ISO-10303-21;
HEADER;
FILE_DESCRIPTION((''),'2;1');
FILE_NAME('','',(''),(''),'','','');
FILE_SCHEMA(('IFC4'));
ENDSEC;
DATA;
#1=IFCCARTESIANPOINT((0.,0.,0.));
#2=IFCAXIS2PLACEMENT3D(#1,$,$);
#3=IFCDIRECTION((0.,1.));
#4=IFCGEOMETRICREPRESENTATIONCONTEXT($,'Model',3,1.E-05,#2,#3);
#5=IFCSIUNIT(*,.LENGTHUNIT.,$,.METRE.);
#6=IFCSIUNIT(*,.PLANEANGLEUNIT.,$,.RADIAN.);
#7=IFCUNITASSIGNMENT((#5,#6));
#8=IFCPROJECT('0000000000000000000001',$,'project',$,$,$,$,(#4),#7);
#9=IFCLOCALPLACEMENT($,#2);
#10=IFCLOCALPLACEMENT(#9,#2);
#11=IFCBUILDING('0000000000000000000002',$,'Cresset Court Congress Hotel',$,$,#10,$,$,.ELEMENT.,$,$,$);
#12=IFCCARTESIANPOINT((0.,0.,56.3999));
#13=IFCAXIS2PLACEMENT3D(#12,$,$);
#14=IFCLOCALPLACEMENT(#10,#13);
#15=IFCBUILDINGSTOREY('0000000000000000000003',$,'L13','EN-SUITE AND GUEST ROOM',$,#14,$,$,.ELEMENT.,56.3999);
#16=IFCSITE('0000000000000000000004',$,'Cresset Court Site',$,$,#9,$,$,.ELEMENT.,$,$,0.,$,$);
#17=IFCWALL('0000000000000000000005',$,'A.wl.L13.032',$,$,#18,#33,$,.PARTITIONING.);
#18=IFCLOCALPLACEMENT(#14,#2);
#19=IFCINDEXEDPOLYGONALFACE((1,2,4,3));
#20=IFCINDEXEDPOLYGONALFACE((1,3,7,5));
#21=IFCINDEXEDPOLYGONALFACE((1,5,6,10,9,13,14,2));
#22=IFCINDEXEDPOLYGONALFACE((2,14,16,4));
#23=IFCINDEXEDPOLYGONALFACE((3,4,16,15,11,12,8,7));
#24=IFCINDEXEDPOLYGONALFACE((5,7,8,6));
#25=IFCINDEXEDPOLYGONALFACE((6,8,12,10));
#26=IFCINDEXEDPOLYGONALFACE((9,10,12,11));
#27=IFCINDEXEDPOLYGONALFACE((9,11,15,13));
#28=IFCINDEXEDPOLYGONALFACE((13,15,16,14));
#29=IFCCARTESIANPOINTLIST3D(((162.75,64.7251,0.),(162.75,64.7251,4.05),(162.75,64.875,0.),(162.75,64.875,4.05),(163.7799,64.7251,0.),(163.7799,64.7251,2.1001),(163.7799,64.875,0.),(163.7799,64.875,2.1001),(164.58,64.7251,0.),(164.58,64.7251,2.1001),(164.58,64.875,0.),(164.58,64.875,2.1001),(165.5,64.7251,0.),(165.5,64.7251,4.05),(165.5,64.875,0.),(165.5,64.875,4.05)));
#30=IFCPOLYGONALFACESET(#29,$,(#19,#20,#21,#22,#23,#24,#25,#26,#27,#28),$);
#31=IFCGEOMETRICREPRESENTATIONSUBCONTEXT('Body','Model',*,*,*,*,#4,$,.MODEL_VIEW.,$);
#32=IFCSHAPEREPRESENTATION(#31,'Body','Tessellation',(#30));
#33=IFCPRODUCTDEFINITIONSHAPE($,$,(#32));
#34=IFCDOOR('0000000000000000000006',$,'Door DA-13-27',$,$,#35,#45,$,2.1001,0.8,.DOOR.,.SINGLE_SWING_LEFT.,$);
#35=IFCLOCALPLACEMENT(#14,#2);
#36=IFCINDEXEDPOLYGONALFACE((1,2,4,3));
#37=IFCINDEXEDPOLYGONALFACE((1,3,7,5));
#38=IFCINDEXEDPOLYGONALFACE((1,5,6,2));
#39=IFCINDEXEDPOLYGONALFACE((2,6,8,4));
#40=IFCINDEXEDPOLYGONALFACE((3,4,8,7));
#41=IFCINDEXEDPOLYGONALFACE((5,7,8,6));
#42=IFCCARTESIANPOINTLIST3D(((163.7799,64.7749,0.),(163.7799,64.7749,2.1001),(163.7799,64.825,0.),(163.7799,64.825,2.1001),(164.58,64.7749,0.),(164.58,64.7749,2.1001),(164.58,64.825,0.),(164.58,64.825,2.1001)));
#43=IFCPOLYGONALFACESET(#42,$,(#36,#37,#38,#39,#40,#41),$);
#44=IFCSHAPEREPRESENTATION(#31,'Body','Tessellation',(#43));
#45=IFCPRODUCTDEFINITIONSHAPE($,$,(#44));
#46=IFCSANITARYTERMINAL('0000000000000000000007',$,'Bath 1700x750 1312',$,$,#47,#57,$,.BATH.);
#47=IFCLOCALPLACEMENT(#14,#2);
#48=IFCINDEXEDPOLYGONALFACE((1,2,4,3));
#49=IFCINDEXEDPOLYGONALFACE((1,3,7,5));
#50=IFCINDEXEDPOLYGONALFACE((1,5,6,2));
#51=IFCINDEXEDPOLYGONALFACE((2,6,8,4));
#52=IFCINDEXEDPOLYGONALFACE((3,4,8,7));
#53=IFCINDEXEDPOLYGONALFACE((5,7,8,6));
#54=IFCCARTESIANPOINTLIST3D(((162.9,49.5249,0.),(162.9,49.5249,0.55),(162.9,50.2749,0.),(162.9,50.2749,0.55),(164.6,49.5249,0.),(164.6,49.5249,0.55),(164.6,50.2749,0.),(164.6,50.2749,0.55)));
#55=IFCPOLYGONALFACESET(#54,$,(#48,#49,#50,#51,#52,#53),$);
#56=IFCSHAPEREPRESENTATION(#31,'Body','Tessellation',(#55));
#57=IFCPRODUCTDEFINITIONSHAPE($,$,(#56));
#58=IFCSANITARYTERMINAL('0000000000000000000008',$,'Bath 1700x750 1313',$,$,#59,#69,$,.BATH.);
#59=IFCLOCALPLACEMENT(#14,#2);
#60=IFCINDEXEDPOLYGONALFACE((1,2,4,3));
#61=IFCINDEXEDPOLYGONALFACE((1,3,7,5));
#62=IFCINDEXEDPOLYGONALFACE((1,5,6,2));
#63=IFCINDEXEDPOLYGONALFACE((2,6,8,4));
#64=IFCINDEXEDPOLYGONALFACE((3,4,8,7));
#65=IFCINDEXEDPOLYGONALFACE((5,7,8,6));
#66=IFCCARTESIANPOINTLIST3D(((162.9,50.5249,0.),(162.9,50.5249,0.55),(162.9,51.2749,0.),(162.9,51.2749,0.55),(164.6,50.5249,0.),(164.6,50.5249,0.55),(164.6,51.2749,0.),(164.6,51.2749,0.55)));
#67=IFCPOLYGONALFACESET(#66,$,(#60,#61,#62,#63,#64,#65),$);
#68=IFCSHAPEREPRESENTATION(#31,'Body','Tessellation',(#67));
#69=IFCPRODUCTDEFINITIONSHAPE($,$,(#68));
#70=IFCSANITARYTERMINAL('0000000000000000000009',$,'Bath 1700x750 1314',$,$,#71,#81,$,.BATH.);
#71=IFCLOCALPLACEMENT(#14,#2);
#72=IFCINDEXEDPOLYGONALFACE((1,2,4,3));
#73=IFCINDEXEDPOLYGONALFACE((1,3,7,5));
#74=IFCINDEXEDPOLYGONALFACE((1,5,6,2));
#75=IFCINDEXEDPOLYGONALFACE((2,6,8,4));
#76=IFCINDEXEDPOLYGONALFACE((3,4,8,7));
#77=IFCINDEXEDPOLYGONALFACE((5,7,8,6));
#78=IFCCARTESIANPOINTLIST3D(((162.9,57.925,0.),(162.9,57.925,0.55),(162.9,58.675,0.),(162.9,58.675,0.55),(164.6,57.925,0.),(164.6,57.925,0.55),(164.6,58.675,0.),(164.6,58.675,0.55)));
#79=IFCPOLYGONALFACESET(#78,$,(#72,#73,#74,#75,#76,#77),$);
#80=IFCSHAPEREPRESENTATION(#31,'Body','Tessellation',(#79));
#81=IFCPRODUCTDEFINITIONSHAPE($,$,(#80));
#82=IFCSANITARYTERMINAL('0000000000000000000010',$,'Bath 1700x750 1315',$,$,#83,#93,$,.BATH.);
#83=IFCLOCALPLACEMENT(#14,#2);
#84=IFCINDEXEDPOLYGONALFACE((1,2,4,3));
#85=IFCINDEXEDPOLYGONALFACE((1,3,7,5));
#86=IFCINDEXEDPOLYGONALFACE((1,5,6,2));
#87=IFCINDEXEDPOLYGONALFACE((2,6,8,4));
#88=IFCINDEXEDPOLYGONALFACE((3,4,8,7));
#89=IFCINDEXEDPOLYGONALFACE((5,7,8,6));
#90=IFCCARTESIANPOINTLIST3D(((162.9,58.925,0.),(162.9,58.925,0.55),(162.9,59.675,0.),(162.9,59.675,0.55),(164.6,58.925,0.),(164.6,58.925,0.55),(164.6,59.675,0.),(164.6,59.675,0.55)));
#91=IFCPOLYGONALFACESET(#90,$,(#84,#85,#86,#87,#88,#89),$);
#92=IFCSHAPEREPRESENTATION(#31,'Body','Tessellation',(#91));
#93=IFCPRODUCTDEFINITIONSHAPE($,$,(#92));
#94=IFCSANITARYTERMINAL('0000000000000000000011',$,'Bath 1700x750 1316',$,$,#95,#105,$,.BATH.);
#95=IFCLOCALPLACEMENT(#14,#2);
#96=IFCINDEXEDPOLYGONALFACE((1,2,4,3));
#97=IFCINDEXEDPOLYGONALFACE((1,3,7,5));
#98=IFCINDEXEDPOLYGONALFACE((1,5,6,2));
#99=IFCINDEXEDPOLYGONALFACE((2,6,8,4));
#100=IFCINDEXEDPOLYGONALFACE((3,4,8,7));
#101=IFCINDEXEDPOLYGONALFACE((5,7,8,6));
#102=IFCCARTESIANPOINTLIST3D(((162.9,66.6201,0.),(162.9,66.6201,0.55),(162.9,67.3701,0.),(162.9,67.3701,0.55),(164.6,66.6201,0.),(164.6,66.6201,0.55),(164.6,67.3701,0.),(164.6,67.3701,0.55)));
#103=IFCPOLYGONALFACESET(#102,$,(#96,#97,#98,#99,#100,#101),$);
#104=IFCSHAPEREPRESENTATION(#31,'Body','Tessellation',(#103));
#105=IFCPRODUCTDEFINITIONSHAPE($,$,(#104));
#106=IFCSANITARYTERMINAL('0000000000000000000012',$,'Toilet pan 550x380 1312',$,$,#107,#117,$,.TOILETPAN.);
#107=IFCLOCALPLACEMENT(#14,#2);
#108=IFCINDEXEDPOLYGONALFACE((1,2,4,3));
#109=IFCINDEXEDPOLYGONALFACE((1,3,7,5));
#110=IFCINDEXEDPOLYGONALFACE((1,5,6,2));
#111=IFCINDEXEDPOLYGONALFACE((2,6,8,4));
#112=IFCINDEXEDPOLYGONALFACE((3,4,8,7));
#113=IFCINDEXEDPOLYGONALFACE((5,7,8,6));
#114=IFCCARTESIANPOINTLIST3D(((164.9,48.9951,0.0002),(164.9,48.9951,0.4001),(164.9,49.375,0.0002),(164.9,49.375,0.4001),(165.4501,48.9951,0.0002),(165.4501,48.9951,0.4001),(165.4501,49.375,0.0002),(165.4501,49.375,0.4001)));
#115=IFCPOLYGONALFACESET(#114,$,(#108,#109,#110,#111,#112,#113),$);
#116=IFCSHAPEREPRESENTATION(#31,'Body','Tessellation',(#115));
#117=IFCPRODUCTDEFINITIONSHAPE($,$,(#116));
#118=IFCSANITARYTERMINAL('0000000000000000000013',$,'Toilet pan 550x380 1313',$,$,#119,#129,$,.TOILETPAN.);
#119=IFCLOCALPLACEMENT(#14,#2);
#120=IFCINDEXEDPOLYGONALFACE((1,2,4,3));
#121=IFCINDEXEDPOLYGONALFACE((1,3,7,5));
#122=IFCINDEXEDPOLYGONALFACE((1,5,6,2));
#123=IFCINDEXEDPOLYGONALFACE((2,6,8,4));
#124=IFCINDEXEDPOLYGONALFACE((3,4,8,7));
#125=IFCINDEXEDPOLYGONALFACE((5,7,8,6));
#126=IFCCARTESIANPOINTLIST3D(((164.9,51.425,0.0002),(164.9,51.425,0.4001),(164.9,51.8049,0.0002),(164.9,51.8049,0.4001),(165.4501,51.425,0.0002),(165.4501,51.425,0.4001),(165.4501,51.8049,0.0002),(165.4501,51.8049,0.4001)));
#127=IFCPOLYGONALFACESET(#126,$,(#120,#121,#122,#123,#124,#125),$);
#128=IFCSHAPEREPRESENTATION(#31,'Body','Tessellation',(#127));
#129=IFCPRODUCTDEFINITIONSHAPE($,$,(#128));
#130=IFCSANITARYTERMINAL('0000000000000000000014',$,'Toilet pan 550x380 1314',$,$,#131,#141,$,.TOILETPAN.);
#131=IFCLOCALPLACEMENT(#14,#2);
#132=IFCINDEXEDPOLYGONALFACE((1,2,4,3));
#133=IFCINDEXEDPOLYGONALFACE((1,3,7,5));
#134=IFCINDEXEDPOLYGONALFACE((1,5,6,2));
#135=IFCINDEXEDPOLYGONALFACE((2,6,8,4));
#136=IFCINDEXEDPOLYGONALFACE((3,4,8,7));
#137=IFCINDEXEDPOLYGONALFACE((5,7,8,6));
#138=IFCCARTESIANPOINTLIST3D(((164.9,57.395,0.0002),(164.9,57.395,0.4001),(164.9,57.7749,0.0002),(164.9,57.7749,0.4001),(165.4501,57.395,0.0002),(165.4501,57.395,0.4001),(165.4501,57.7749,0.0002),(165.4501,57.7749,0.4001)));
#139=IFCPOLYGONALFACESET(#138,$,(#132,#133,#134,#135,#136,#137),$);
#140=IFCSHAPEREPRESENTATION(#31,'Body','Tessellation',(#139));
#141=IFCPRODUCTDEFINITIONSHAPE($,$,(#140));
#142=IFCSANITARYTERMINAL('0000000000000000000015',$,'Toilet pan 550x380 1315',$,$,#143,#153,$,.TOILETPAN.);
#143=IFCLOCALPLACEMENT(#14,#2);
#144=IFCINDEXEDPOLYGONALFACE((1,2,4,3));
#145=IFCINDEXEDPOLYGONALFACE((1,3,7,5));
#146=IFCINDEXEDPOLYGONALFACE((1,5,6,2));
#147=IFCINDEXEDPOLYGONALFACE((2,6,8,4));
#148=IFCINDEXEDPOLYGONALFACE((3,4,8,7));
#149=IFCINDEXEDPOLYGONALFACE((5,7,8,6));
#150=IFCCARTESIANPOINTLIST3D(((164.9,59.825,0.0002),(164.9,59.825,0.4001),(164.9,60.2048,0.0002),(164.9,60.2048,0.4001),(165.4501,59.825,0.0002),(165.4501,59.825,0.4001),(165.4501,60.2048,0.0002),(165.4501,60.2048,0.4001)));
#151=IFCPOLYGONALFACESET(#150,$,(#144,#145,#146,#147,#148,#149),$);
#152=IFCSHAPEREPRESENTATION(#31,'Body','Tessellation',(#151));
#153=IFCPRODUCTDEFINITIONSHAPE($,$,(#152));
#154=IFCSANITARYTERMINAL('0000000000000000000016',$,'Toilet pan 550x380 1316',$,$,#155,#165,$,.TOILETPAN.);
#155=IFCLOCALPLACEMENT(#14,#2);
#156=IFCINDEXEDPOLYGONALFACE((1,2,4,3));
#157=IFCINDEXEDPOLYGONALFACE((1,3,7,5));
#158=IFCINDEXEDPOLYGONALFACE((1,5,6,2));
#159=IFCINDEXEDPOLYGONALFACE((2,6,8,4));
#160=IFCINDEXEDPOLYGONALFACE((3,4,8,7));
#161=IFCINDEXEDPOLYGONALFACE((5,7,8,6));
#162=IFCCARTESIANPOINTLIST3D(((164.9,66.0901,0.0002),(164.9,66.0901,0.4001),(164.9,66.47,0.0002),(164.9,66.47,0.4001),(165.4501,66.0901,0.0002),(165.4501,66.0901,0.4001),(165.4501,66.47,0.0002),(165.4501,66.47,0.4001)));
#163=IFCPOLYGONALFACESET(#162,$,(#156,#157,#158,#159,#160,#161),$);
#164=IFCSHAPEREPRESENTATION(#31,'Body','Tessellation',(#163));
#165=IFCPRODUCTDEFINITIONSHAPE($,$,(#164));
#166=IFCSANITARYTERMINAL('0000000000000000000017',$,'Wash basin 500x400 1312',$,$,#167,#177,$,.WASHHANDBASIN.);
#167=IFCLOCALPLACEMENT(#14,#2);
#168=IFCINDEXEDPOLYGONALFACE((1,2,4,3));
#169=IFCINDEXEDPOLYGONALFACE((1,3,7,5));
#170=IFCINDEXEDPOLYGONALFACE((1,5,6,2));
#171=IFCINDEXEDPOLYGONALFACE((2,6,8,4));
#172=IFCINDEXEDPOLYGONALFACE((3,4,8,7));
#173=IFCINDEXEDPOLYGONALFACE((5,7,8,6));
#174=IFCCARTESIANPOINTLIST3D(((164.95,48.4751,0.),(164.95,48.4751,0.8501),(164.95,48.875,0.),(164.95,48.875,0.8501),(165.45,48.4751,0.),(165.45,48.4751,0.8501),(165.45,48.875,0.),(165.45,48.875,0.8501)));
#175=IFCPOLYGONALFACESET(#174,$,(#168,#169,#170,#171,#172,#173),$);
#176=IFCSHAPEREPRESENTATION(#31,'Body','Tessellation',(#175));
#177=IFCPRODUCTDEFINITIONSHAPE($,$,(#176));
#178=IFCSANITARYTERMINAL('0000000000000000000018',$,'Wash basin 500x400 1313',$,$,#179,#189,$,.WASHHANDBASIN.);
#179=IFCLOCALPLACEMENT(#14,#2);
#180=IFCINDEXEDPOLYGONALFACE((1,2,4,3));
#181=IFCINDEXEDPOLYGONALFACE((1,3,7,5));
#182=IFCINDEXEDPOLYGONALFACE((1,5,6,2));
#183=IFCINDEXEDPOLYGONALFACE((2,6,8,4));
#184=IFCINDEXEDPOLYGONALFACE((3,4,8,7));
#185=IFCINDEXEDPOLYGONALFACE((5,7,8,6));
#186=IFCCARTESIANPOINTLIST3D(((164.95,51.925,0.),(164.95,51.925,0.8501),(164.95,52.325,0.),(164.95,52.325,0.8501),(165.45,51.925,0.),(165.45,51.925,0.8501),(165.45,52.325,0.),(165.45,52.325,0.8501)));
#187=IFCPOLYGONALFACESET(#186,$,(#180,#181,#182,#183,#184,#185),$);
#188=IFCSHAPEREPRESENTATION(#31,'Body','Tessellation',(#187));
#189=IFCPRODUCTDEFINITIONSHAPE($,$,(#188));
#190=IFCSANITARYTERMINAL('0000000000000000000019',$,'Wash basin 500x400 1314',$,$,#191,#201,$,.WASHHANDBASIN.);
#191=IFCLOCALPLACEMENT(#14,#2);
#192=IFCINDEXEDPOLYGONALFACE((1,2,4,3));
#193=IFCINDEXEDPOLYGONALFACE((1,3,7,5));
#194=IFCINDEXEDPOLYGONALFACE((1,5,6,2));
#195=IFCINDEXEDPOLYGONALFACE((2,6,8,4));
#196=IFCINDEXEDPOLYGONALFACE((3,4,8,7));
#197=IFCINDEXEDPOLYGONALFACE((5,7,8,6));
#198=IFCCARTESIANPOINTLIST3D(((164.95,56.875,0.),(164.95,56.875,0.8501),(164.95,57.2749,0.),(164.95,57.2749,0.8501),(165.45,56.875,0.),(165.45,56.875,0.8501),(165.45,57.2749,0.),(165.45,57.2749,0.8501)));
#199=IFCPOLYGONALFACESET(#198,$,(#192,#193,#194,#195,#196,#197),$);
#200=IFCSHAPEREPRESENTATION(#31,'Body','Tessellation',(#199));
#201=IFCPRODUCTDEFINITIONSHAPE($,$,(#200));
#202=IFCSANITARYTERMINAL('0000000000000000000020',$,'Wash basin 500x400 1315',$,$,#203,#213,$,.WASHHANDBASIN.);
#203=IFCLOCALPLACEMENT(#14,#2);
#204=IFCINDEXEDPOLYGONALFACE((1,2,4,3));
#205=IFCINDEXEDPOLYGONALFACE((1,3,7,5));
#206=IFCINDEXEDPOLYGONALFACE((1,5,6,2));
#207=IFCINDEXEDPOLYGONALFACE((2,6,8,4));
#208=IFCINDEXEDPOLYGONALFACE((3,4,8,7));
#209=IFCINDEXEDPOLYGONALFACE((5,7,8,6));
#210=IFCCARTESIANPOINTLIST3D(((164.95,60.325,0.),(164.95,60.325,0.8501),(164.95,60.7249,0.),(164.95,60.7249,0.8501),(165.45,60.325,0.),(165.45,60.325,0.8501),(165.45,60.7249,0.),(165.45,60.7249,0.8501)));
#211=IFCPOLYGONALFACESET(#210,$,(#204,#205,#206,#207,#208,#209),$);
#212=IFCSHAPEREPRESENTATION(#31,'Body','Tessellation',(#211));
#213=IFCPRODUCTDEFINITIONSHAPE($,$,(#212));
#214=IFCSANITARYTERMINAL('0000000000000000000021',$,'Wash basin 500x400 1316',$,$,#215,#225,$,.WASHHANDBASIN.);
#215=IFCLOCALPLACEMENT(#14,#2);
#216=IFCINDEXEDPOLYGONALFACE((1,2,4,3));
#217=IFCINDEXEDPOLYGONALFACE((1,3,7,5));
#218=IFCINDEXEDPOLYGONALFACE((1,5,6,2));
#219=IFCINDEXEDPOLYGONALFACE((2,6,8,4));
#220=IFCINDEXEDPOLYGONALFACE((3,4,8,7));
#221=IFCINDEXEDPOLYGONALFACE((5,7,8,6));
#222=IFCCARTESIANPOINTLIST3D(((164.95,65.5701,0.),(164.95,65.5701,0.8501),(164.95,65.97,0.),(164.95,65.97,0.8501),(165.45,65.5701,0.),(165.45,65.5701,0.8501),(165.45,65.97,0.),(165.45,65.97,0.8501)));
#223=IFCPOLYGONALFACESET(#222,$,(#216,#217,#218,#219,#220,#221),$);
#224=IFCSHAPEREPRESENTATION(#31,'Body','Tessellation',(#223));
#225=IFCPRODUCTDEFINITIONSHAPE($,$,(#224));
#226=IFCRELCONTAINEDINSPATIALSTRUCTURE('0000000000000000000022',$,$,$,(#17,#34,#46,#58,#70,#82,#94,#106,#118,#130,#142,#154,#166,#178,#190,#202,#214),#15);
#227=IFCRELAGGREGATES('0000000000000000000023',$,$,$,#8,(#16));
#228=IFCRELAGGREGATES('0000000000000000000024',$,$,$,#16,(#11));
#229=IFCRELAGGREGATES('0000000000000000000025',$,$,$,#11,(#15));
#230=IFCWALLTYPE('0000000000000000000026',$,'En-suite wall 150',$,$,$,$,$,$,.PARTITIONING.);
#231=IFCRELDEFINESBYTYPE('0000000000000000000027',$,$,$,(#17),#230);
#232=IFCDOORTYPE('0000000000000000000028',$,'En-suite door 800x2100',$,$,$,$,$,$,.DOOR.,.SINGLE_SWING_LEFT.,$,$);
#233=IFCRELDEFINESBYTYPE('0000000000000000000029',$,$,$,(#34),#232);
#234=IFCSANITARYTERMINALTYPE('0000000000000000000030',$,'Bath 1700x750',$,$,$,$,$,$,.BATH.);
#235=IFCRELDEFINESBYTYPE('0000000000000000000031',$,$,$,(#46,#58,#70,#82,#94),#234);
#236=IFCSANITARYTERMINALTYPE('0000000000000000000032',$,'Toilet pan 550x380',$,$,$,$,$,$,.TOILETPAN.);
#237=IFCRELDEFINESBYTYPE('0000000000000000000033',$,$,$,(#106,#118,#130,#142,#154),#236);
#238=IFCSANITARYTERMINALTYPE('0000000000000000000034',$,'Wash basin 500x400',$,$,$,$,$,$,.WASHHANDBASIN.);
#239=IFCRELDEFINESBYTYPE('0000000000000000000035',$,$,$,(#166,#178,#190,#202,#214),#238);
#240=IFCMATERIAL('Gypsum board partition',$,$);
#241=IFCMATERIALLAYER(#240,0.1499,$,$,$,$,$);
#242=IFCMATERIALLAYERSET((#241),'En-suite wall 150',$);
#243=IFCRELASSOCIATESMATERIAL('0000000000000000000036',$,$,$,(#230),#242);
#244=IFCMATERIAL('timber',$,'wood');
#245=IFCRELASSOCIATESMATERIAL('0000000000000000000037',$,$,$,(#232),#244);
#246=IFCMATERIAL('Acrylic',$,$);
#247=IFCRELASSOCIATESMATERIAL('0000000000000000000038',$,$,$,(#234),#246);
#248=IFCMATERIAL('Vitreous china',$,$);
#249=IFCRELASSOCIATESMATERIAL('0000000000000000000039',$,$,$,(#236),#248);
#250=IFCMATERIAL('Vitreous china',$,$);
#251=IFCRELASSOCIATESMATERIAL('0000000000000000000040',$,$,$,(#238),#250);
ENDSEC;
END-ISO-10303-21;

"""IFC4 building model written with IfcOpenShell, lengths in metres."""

from ifc_helpers import new_model, si_unit, direction, frame, frame_2d, origin, origin_2d, place, context, subcontext, project, spatial, rectangle, extrude, material, layer, layer_set, type_object, element, fill, save


model = new_model("IFC4")

# Units and contexts
model_context = context("Model", 3, precision=1e-05, world=origin(), true_north=direction((0.0, 1.0)))
body_context = subcontext(model_context, "Body", "Model", "MODEL_VIEW")
ifc_project = project(units=[si_unit("LENGTHUNIT", "METRE"), si_unit("PLANEANGLEUNIT", "RADIAN")], contexts=[model_context])

# Site, building, storey
site_placement = place(None, origin())
site = spatial("IfcSite", under=ifc_project, at=site_placement, Name="Cresset Court Site", CompositionType="ELEMENT", RefElevation=0.0)
building_placement = place(site_placement, origin())
building = spatial("IfcBuilding", under=site, at=building_placement, Name="Cresset Court Congress Hotel", CompositionType="ELEMENT")
storey_placement = place(building_placement, frame((0.0, 0.0, 56.3999)))
storey = spatial("IfcBuildingStorey", under=building, at=storey_placement, Name="L13", Description="EN-SUITE AND GUEST ROOM", CompositionType="ELEMENT", Elevation=56.3999)

# Shared definitions
ifc_material_1 = material(Name="Gypsum board partition")
ifc_layer = layer(ifc_material_1, 0.1499)
ifc_layer_set = layer_set([ifc_layer], Name="En-suite wall 150")
wall_type = type_object("IfcWallType", Name="En-suite wall 150", PredefinedType="PARTITIONING", material=ifc_layer_set)

# Shared definitions
ifc_material_2 = material(Name="timber", Category="wood")
door_type = type_object("IfcDoorType", Name="En-suite door 800x2100", OperationType="SINGLE_SWING_LEFT", PredefinedType="DOOR", material=ifc_material_2)

# Wall, opening, door
wall_1_placement = place(storey_placement, frame((162.75, 64.8, 0.0), z_axis=(0.0, 0.0, 1.0), x_axis=(1.0, 0.0, 0.0)))
wall_1 = element("IfcWall", 1, at=wall_1_placement, inside=storey, type_object=wall_type, Name="A.wl.L13.032", PredefinedType="PARTITIONING", context=body_context, shape_type="SweptSolid", body=[
    extrude(rectangle(XDim=2.75, YDim=0.1499, at=frame_2d((1.375, 0.0))), origin(), (0.0, 0.0, 1.0), 4.05),
])
opening_1_placement = place(wall_1_placement, frame((1.03, 0.0, 0.0)))
opening_1 = element("IfcOpeningElement", 2, at=opening_1_placement, cuts=wall_1, PredefinedType="OPENING", context=body_context, shape_type="SweptSolid", body=[
    extrude(rectangle(XDim=0.8, YDim=2.1001, at=frame_2d((0.3999, 1.05))), frame((0.0, 0.085, 0.0), z_axis=(0.0, -1.0, 0.0), x_axis=(1.0, 0.0, 0.0)), (0.0, 0.0, 1.0), 0.1699),
])
door_1_placement = place(opening_1_placement, origin())
door_1 = element("IfcDoor", 3, at=door_1_placement, inside=storey, type_object=door_type, Name="Door DA-13-27", OperationType="SINGLE_SWING_LEFT", OverallHeight=2.1001, OverallWidth=0.8, PredefinedType="DOOR", context=body_context, shape_type="SweptSolid", body=[
    extrude(rectangle(XDim=0.8, YDim=2.1001, at=frame_2d((0.3999, 1.05))), frame((0.0, 0.0249, 0.0), z_axis=(0.0, -1.0, 0.0), x_axis=(1.0, 0.0, 0.0)), (0.0, 0.0, 1.0), 0.05),
])
fill(opening_1, door_1)

# Sanitary terminals
ifc_material_3 = material(Name="Acrylic")
sanitary_terminal_type_1 = type_object("IfcSanitaryTerminalType", Name="Bath 1700x750", PredefinedType="BATH", material=ifc_material_3)
for number, where, z_axis, x_axis, name in (
    (4, (163.75, 49.8999, 0.0), (0.0, 0.0, 1.0), (1.0, 0.0, 0.0), "Bath 1700x750 1312"),
    (5, (163.75, 50.8999, 0.0), (0.0, 0.0, 1.0), (1.0, 0.0, 0.0), "Bath 1700x750 1313"),
    (6, (163.75, 58.3, 0.0), (0.0, 0.0, 1.0), (1.0, 0.0, 0.0), "Bath 1700x750 1314"),
    (7, (163.75, 59.3, 0.0), (0.0, 0.0, 1.0), (1.0, 0.0, 0.0), "Bath 1700x750 1315"),
    (8, (163.75, 66.9951, 0.0), (0.0, 0.0, 1.0), (1.0, 0.0, 0.0), "Bath 1700x750 1316"),
):
    element("IfcSanitaryTerminal", number, at=place(storey_placement, frame(where, z_axis=z_axis, x_axis=x_axis)), inside=storey, type_object=sanitary_terminal_type_1, Name=name, PredefinedType="BATH", context=body_context, shape_type="SweptSolid", body=[
        extrude(rectangle(XDim=1.7, YDim=0.75, at=origin_2d()), origin(), (0.0, 0.0, 1.0), 0.55),
    ])
ifc_material_4 = material(Name="Vitreous china")
sanitary_terminal_type_2 = type_object("IfcSanitaryTerminalType", Name="Toilet pan 550x380", PredefinedType="TOILETPAN", material=ifc_material_4)
for number, where, z_axis, x_axis, name in (
    (9, (165.175, 49.1851, 0.0002), (0.0, 0.0, 1.0), (1.0, 0.0, 0.0), "Toilet pan 550x380 1312"),
    (10, (165.175, 51.615, 0.0002), (0.0, 0.0, 1.0), (1.0, 0.0, 0.0), "Toilet pan 550x380 1313"),
    (11, (165.175, 57.585, 0.0002), (0.0, 0.0, 1.0), (1.0, 0.0, 0.0), "Toilet pan 550x380 1314"),
    (12, (165.175, 60.0149, 0.0002), (0.0, 0.0, 1.0), (1.0, 0.0, 0.0), "Toilet pan 550x380 1315"),
    (13, (165.175, 66.28, 0.0002), (0.0, 0.0, 1.0), (1.0, 0.0, 0.0), "Toilet pan 550x380 1316"),
):
    element("IfcSanitaryTerminal", number, at=place(storey_placement, frame(where, z_axis=z_axis, x_axis=x_axis)), inside=storey, type_object=sanitary_terminal_type_2, Name=name, PredefinedType="TOILETPAN", context=body_context, shape_type="SweptSolid", body=[
        extrude(rectangle(XDim=0.55, YDim=0.3799, at=origin_2d()), origin(), (0.0, 0.0, 1.0), 0.3999),
    ])
ifc_material_5 = material(Name="Vitreous china")
sanitary_terminal_type_3 = type_object("IfcSanitaryTerminalType", Name="Wash basin 500x400", PredefinedType="WASHHANDBASIN", material=ifc_material_5)
for number, where, z_axis, x_axis, name in (
    (14, (165.2, 48.675, 0.0), (0.0, 0.0, 1.0), (1.0, 0.0, 0.0), "Wash basin 500x400 1312"),
    (15, (165.2, 52.125, 0.0), (0.0, 0.0, 1.0), (1.0, 0.0, 0.0), "Wash basin 500x400 1313"),
    (16, (165.2, 57.075, 0.0), (0.0, 0.0, 1.0), (1.0, 0.0, 0.0), "Wash basin 500x400 1314"),
    (17, (165.2, 60.5249, 0.0), (0.0, 0.0, 1.0), (1.0, 0.0, 0.0), "Wash basin 500x400 1315"),
    (18, (165.2, 65.77, 0.0), (0.0, 0.0, 1.0), (1.0, 0.0, 0.0), "Wash basin 500x400 1316"),
):
    element("IfcSanitaryTerminal", number, at=place(storey_placement, frame(where, z_axis=z_axis, x_axis=x_axis)), inside=storey, type_object=sanitary_terminal_type_3, Name=name, PredefinedType="WASHHANDBASIN", context=body_context, shape_type="SweptSolid", body=[
        extrude(rectangle(XDim=0.5, YDim=0.3999, at=origin_2d()), origin(), (0.0, 0.0, 1.0), 0.8501),
    ])

save(model, "model.ifc")
